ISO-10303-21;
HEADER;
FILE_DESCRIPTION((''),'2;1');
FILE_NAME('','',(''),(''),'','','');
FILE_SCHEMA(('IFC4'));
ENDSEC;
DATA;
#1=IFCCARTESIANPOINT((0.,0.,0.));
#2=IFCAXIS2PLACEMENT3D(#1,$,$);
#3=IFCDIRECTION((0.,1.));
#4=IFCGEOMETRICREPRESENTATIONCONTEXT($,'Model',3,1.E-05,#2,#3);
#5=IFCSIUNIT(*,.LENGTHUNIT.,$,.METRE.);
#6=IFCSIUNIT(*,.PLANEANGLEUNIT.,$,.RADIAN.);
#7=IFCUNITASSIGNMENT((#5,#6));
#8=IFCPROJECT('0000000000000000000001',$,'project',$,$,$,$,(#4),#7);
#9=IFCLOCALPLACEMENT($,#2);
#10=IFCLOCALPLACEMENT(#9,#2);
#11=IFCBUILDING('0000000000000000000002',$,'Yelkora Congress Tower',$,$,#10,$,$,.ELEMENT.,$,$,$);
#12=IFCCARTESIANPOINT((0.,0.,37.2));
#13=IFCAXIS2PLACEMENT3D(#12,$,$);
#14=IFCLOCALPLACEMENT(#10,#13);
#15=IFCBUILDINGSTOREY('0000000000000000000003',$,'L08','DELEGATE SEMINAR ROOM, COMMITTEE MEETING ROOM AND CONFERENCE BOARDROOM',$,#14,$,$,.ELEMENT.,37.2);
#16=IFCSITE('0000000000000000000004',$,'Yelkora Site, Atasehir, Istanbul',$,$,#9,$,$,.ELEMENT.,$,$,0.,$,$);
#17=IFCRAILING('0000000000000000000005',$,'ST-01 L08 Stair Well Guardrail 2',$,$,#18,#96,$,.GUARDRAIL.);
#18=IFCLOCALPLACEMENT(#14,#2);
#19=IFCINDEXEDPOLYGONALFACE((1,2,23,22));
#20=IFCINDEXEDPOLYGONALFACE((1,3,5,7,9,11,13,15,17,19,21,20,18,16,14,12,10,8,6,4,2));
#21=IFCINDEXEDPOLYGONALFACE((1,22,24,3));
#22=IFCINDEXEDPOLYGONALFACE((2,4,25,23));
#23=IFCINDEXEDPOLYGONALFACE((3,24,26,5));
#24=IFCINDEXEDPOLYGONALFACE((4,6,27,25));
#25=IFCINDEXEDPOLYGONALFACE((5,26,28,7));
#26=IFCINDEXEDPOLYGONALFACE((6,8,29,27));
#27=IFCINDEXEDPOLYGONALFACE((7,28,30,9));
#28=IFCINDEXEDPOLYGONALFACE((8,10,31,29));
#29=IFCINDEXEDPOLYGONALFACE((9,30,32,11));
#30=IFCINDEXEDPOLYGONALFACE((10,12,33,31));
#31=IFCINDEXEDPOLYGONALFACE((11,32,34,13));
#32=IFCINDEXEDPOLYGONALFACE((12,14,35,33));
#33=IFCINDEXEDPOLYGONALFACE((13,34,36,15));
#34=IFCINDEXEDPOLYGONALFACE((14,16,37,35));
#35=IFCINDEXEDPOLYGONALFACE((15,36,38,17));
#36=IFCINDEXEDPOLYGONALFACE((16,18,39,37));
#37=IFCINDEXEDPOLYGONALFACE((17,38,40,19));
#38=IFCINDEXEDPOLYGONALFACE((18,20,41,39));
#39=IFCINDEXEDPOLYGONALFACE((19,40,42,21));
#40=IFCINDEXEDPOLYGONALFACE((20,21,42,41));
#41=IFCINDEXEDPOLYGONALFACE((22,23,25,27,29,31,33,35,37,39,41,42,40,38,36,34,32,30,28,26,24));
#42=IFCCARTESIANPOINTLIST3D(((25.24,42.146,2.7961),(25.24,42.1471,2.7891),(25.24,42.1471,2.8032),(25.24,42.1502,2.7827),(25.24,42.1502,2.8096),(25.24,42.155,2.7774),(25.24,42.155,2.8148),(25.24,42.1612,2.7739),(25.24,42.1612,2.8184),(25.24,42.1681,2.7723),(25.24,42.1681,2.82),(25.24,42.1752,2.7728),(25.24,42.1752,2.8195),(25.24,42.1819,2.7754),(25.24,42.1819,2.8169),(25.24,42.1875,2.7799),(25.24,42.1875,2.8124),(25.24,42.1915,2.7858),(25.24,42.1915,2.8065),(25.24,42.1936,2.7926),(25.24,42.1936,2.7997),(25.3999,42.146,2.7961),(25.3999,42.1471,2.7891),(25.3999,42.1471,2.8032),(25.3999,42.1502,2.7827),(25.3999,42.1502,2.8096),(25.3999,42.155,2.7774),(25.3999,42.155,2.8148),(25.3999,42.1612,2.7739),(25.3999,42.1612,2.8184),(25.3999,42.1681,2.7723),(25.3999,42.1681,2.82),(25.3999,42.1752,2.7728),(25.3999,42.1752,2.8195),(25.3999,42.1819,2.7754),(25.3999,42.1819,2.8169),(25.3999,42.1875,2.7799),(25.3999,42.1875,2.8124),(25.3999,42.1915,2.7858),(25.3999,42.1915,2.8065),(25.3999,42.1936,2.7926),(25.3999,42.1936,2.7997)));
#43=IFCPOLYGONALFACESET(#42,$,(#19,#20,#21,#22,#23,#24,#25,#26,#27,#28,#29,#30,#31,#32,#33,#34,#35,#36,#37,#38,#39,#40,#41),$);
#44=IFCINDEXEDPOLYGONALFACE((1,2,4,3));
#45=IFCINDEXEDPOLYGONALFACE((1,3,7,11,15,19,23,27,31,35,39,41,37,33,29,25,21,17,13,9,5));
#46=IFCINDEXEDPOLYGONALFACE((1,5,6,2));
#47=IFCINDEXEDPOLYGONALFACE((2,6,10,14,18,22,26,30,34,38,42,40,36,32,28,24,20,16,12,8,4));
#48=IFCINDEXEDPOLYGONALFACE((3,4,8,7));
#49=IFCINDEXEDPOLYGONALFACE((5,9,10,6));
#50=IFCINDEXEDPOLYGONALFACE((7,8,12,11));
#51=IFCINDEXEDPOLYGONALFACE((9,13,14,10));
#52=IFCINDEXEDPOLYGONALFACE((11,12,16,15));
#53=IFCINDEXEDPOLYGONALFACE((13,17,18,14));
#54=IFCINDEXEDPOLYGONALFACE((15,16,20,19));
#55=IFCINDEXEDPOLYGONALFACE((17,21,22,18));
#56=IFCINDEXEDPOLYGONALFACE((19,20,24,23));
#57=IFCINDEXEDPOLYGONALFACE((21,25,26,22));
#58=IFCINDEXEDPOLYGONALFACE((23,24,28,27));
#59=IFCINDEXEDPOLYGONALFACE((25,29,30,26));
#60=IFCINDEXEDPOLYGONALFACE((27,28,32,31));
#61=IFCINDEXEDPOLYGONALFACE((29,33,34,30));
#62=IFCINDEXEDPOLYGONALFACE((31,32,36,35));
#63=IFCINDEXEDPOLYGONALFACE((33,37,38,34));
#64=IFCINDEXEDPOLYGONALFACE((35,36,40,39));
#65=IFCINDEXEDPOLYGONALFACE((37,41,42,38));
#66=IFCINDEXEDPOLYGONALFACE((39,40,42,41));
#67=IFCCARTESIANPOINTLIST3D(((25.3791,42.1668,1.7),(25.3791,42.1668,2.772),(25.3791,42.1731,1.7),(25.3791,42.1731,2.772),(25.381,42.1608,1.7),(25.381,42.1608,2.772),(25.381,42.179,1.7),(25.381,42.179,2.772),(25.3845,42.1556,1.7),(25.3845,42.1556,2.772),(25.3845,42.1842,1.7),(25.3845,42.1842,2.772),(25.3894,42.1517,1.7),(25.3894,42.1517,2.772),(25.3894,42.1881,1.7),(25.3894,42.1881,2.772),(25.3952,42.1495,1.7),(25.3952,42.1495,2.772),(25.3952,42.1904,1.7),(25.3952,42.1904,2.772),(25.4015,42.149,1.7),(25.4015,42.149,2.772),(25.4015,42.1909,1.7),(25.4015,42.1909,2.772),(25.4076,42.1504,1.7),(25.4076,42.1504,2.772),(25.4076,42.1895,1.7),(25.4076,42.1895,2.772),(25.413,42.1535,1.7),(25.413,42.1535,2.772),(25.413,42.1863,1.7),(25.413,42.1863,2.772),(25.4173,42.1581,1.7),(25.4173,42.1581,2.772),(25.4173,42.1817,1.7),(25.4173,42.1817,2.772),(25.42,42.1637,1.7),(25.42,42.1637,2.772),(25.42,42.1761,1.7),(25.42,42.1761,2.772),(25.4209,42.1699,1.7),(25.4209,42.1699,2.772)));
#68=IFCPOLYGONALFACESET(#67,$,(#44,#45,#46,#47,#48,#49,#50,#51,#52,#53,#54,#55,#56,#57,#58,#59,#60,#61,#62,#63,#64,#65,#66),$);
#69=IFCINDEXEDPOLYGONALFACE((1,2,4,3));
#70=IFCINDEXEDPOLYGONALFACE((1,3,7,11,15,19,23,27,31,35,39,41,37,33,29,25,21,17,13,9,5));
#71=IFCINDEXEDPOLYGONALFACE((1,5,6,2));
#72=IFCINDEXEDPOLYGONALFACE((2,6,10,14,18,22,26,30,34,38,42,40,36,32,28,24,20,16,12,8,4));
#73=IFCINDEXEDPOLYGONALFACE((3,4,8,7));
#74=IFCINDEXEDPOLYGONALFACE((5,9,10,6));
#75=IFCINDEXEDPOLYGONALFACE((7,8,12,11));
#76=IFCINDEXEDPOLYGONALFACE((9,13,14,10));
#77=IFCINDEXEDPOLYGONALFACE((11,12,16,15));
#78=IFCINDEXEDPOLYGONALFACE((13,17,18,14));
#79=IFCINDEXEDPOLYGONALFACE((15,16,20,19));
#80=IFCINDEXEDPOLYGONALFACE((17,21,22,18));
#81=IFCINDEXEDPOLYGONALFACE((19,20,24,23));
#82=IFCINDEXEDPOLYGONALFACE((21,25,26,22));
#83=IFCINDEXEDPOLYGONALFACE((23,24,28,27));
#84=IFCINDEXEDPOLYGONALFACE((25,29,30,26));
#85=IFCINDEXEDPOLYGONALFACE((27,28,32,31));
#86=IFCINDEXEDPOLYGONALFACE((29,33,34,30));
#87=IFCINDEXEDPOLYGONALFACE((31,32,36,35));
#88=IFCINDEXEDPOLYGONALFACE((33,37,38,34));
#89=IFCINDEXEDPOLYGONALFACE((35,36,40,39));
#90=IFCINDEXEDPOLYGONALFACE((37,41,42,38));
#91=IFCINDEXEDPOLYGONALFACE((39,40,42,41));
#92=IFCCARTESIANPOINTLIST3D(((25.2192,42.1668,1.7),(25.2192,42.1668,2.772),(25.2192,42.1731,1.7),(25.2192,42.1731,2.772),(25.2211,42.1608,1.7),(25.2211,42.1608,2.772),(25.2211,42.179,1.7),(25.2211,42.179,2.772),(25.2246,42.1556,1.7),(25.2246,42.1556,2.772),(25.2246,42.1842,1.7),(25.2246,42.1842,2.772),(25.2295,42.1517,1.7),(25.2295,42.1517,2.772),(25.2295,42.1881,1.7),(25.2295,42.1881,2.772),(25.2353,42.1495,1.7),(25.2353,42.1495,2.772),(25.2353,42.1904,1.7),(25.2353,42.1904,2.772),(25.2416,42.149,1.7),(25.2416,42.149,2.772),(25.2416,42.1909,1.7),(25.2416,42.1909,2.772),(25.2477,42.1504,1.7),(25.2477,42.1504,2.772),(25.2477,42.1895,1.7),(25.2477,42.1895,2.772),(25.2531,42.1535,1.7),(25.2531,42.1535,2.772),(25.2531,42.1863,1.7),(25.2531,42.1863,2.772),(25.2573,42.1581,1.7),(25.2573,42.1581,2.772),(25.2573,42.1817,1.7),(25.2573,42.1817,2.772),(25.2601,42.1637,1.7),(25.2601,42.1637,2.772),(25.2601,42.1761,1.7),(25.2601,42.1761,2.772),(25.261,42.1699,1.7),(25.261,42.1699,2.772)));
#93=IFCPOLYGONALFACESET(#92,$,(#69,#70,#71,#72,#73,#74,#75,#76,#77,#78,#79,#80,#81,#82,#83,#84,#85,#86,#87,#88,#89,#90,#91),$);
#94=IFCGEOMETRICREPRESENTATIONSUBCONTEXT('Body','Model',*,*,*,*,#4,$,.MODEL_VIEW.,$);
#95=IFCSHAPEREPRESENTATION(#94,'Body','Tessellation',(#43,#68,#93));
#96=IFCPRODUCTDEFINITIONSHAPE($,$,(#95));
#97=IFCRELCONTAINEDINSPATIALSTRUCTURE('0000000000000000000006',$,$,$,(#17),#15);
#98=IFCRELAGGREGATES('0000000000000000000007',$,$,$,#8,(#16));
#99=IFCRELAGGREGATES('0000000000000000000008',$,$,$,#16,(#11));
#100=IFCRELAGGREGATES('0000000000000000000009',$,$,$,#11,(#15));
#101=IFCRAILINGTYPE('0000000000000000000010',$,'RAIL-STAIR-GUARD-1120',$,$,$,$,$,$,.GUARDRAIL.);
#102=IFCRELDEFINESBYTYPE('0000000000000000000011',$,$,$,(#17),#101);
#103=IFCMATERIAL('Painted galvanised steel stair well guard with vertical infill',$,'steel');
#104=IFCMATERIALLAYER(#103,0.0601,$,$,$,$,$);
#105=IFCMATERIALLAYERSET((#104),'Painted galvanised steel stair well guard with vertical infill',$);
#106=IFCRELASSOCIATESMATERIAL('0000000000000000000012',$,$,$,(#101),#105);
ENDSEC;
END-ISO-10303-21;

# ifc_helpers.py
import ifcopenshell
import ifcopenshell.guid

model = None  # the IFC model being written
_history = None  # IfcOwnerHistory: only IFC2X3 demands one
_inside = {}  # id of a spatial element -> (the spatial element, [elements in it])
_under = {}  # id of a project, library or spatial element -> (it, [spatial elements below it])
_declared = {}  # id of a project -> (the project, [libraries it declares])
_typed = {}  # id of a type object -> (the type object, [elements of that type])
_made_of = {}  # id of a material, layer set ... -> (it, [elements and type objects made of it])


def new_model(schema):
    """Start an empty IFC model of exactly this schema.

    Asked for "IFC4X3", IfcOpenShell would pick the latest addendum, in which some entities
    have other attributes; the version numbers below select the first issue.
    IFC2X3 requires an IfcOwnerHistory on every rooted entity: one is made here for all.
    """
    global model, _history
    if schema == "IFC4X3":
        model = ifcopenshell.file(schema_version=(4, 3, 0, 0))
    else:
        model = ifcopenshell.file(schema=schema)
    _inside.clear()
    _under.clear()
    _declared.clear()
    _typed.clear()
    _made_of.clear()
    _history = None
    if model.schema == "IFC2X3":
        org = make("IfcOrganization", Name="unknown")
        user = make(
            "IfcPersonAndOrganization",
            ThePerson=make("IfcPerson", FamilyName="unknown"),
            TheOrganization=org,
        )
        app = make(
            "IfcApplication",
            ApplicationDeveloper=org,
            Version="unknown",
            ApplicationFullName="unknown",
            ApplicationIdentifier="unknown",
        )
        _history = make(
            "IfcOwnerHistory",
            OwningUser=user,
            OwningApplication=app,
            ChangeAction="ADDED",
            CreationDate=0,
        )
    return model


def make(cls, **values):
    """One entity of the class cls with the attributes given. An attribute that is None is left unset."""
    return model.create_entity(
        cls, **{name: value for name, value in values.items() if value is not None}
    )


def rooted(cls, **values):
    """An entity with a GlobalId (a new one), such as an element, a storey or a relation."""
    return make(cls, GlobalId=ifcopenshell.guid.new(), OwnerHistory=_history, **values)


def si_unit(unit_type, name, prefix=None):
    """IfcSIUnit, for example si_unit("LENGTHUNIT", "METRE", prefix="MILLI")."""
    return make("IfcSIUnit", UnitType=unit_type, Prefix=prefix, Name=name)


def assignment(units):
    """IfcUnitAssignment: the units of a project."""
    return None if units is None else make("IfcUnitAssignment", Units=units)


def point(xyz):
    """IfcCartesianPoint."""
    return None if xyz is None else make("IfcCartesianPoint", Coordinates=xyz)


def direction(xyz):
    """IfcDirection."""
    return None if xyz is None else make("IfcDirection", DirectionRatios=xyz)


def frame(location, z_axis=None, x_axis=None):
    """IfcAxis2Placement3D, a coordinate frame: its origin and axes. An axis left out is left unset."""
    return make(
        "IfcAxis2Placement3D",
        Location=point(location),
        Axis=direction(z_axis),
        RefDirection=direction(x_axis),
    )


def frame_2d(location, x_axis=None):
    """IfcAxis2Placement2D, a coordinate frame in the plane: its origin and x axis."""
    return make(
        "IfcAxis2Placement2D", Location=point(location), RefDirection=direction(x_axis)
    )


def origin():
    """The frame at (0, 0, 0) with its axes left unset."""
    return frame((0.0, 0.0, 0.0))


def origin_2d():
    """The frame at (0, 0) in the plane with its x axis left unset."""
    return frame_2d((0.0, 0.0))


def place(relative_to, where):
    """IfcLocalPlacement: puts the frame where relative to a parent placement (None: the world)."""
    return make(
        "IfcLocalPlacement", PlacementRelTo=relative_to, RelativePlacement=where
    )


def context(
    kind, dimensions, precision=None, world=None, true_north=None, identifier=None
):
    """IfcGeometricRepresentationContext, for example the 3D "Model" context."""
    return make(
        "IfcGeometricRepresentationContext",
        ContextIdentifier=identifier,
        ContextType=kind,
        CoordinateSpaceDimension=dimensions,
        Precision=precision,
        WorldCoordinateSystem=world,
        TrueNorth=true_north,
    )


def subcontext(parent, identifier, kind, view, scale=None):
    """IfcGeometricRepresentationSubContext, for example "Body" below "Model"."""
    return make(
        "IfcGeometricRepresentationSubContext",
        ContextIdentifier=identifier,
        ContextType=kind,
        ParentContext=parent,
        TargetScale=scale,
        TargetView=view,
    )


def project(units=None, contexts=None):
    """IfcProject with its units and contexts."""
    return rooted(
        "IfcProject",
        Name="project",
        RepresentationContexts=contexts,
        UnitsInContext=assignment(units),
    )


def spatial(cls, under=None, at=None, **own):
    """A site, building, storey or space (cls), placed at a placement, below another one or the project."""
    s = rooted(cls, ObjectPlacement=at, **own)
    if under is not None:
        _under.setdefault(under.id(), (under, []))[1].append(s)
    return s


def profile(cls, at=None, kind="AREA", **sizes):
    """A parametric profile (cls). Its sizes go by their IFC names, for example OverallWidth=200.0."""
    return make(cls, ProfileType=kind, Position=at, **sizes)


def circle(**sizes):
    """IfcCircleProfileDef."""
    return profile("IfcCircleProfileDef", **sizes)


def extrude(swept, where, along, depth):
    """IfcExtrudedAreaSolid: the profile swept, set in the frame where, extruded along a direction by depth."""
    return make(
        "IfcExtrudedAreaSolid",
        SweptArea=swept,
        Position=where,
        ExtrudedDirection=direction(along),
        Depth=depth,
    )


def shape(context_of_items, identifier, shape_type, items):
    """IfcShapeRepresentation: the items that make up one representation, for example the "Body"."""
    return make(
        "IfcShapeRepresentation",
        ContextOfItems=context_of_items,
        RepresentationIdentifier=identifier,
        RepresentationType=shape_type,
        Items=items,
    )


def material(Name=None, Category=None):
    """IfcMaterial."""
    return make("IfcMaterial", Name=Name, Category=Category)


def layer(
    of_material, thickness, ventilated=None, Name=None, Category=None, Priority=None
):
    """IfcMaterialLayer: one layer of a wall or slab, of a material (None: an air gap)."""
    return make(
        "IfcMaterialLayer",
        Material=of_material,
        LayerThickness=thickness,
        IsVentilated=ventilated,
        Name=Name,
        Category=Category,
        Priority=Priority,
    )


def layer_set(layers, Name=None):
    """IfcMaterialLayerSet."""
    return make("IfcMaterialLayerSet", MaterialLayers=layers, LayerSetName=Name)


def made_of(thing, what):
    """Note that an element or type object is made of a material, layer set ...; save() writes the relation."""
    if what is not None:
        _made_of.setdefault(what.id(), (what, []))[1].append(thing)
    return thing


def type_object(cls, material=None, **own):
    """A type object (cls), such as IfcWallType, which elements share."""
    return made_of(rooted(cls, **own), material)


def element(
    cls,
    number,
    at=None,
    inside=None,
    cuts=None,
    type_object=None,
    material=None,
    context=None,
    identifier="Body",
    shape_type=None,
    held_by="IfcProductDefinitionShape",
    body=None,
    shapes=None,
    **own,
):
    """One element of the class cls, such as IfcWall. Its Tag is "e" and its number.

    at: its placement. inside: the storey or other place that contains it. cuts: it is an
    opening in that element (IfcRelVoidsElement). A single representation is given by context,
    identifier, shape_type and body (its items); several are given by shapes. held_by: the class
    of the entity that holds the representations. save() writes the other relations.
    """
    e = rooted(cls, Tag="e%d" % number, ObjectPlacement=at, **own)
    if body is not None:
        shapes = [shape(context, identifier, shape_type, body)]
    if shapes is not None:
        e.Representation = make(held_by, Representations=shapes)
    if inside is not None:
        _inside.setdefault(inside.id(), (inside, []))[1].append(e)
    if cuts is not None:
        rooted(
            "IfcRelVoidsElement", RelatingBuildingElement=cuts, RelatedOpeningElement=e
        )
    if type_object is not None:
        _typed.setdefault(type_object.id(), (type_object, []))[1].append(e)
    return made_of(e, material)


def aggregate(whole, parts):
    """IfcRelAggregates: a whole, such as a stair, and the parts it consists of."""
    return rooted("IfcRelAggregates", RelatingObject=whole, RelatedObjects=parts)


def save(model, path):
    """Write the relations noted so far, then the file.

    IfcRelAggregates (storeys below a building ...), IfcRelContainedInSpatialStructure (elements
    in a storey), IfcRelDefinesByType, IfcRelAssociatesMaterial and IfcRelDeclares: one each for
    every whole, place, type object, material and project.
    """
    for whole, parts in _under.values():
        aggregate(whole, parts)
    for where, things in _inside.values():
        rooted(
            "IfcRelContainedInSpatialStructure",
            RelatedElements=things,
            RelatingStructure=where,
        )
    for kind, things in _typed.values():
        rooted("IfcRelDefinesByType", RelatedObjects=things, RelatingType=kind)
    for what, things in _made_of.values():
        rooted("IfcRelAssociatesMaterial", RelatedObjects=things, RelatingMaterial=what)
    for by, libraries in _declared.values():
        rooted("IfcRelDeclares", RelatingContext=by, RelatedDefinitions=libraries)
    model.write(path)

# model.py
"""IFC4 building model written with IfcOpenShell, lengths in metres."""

from ifc_helpers import new_model, si_unit, direction, frame, origin, origin_2d, place, context, subcontext, project, spatial, circle, extrude, material, layer, layer_set, type_object, element, save


model = new_model("IFC4")

# Units and contexts
model_context = context("Model", 3, precision=1e-05, world=origin(), true_north=direction((0.0, 1.0)))
body_context = subcontext(model_context, "Body", "Model", "MODEL_VIEW")
ifc_project = project(units=[si_unit("LENGTHUNIT", "METRE"), si_unit("PLANEANGLEUNIT", "RADIAN")], contexts=[model_context])

# Site, building, storey
site_placement = place(None, origin())
site = spatial("IfcSite", under=ifc_project, at=site_placement, Name="Yelkora Site, Atasehir, Istanbul", CompositionType="ELEMENT", RefElevation=0.0)
building_placement = place(site_placement, origin())
building = spatial("IfcBuilding", under=site, at=building_placement, Name="Yelkora Congress Tower", CompositionType="ELEMENT")
storey_placement = place(building_placement, frame((0.0, 0.0, 37.2)))
storey = spatial("IfcBuildingStorey", under=building, at=storey_placement, Name="L08", Description="DELEGATE SEMINAR ROOM, COMMITTEE MEETING ROOM AND CONFERENCE BOARDROOM", CompositionType="ELEMENT", Elevation=37.2)

# Railing
ifc_material_1 = material(Name="Painted galvanised steel stair well guard with vertical infill", Category="steel")
ifc_layer_1 = layer(ifc_material_1, 0.0601)
ifc_layer_set_1 = layer_set([ifc_layer_1], Name="Painted galvanised steel stair well guard with vertical infill")
railing_type_1 = type_object("IfcRailingType", Name="RAIL-STAIR-GUARD-1120", PredefinedType="GUARDRAIL", material=ifc_layer_set_1)
railing_1_placement = place(storey_placement, frame((25.3999, 42.1699, 1.7)))
element("IfcRailing", 1, at=railing_1_placement, inside=storey, type_object=railing_type_1, Name="ST-01 L08 Stair Well Guardrail 2", PredefinedType="GUARDRAIL", context=body_context, shape_type="SweptSolid", body=[
    extrude(circle(Radius=0.0239, at=origin_2d()), frame((0.0, 0.0, 1.0962), z_axis=(-1.0, 0.0, 0.0), x_axis=(0.0, -1.0, 0.0)), (0.0, 0.0, 1.0), 0.1599),
    extrude(circle(Radius=0.021, at=origin_2d()), origin(), (0.0, 0.0, 1.0), 1.072),
    extrude(circle(Radius=0.021, at=origin_2d()), frame((-0.1599, 0.0, 0.0)), (0.0, 0.0, 1.0), 1.072),
])

save(model, "model.ifc")
